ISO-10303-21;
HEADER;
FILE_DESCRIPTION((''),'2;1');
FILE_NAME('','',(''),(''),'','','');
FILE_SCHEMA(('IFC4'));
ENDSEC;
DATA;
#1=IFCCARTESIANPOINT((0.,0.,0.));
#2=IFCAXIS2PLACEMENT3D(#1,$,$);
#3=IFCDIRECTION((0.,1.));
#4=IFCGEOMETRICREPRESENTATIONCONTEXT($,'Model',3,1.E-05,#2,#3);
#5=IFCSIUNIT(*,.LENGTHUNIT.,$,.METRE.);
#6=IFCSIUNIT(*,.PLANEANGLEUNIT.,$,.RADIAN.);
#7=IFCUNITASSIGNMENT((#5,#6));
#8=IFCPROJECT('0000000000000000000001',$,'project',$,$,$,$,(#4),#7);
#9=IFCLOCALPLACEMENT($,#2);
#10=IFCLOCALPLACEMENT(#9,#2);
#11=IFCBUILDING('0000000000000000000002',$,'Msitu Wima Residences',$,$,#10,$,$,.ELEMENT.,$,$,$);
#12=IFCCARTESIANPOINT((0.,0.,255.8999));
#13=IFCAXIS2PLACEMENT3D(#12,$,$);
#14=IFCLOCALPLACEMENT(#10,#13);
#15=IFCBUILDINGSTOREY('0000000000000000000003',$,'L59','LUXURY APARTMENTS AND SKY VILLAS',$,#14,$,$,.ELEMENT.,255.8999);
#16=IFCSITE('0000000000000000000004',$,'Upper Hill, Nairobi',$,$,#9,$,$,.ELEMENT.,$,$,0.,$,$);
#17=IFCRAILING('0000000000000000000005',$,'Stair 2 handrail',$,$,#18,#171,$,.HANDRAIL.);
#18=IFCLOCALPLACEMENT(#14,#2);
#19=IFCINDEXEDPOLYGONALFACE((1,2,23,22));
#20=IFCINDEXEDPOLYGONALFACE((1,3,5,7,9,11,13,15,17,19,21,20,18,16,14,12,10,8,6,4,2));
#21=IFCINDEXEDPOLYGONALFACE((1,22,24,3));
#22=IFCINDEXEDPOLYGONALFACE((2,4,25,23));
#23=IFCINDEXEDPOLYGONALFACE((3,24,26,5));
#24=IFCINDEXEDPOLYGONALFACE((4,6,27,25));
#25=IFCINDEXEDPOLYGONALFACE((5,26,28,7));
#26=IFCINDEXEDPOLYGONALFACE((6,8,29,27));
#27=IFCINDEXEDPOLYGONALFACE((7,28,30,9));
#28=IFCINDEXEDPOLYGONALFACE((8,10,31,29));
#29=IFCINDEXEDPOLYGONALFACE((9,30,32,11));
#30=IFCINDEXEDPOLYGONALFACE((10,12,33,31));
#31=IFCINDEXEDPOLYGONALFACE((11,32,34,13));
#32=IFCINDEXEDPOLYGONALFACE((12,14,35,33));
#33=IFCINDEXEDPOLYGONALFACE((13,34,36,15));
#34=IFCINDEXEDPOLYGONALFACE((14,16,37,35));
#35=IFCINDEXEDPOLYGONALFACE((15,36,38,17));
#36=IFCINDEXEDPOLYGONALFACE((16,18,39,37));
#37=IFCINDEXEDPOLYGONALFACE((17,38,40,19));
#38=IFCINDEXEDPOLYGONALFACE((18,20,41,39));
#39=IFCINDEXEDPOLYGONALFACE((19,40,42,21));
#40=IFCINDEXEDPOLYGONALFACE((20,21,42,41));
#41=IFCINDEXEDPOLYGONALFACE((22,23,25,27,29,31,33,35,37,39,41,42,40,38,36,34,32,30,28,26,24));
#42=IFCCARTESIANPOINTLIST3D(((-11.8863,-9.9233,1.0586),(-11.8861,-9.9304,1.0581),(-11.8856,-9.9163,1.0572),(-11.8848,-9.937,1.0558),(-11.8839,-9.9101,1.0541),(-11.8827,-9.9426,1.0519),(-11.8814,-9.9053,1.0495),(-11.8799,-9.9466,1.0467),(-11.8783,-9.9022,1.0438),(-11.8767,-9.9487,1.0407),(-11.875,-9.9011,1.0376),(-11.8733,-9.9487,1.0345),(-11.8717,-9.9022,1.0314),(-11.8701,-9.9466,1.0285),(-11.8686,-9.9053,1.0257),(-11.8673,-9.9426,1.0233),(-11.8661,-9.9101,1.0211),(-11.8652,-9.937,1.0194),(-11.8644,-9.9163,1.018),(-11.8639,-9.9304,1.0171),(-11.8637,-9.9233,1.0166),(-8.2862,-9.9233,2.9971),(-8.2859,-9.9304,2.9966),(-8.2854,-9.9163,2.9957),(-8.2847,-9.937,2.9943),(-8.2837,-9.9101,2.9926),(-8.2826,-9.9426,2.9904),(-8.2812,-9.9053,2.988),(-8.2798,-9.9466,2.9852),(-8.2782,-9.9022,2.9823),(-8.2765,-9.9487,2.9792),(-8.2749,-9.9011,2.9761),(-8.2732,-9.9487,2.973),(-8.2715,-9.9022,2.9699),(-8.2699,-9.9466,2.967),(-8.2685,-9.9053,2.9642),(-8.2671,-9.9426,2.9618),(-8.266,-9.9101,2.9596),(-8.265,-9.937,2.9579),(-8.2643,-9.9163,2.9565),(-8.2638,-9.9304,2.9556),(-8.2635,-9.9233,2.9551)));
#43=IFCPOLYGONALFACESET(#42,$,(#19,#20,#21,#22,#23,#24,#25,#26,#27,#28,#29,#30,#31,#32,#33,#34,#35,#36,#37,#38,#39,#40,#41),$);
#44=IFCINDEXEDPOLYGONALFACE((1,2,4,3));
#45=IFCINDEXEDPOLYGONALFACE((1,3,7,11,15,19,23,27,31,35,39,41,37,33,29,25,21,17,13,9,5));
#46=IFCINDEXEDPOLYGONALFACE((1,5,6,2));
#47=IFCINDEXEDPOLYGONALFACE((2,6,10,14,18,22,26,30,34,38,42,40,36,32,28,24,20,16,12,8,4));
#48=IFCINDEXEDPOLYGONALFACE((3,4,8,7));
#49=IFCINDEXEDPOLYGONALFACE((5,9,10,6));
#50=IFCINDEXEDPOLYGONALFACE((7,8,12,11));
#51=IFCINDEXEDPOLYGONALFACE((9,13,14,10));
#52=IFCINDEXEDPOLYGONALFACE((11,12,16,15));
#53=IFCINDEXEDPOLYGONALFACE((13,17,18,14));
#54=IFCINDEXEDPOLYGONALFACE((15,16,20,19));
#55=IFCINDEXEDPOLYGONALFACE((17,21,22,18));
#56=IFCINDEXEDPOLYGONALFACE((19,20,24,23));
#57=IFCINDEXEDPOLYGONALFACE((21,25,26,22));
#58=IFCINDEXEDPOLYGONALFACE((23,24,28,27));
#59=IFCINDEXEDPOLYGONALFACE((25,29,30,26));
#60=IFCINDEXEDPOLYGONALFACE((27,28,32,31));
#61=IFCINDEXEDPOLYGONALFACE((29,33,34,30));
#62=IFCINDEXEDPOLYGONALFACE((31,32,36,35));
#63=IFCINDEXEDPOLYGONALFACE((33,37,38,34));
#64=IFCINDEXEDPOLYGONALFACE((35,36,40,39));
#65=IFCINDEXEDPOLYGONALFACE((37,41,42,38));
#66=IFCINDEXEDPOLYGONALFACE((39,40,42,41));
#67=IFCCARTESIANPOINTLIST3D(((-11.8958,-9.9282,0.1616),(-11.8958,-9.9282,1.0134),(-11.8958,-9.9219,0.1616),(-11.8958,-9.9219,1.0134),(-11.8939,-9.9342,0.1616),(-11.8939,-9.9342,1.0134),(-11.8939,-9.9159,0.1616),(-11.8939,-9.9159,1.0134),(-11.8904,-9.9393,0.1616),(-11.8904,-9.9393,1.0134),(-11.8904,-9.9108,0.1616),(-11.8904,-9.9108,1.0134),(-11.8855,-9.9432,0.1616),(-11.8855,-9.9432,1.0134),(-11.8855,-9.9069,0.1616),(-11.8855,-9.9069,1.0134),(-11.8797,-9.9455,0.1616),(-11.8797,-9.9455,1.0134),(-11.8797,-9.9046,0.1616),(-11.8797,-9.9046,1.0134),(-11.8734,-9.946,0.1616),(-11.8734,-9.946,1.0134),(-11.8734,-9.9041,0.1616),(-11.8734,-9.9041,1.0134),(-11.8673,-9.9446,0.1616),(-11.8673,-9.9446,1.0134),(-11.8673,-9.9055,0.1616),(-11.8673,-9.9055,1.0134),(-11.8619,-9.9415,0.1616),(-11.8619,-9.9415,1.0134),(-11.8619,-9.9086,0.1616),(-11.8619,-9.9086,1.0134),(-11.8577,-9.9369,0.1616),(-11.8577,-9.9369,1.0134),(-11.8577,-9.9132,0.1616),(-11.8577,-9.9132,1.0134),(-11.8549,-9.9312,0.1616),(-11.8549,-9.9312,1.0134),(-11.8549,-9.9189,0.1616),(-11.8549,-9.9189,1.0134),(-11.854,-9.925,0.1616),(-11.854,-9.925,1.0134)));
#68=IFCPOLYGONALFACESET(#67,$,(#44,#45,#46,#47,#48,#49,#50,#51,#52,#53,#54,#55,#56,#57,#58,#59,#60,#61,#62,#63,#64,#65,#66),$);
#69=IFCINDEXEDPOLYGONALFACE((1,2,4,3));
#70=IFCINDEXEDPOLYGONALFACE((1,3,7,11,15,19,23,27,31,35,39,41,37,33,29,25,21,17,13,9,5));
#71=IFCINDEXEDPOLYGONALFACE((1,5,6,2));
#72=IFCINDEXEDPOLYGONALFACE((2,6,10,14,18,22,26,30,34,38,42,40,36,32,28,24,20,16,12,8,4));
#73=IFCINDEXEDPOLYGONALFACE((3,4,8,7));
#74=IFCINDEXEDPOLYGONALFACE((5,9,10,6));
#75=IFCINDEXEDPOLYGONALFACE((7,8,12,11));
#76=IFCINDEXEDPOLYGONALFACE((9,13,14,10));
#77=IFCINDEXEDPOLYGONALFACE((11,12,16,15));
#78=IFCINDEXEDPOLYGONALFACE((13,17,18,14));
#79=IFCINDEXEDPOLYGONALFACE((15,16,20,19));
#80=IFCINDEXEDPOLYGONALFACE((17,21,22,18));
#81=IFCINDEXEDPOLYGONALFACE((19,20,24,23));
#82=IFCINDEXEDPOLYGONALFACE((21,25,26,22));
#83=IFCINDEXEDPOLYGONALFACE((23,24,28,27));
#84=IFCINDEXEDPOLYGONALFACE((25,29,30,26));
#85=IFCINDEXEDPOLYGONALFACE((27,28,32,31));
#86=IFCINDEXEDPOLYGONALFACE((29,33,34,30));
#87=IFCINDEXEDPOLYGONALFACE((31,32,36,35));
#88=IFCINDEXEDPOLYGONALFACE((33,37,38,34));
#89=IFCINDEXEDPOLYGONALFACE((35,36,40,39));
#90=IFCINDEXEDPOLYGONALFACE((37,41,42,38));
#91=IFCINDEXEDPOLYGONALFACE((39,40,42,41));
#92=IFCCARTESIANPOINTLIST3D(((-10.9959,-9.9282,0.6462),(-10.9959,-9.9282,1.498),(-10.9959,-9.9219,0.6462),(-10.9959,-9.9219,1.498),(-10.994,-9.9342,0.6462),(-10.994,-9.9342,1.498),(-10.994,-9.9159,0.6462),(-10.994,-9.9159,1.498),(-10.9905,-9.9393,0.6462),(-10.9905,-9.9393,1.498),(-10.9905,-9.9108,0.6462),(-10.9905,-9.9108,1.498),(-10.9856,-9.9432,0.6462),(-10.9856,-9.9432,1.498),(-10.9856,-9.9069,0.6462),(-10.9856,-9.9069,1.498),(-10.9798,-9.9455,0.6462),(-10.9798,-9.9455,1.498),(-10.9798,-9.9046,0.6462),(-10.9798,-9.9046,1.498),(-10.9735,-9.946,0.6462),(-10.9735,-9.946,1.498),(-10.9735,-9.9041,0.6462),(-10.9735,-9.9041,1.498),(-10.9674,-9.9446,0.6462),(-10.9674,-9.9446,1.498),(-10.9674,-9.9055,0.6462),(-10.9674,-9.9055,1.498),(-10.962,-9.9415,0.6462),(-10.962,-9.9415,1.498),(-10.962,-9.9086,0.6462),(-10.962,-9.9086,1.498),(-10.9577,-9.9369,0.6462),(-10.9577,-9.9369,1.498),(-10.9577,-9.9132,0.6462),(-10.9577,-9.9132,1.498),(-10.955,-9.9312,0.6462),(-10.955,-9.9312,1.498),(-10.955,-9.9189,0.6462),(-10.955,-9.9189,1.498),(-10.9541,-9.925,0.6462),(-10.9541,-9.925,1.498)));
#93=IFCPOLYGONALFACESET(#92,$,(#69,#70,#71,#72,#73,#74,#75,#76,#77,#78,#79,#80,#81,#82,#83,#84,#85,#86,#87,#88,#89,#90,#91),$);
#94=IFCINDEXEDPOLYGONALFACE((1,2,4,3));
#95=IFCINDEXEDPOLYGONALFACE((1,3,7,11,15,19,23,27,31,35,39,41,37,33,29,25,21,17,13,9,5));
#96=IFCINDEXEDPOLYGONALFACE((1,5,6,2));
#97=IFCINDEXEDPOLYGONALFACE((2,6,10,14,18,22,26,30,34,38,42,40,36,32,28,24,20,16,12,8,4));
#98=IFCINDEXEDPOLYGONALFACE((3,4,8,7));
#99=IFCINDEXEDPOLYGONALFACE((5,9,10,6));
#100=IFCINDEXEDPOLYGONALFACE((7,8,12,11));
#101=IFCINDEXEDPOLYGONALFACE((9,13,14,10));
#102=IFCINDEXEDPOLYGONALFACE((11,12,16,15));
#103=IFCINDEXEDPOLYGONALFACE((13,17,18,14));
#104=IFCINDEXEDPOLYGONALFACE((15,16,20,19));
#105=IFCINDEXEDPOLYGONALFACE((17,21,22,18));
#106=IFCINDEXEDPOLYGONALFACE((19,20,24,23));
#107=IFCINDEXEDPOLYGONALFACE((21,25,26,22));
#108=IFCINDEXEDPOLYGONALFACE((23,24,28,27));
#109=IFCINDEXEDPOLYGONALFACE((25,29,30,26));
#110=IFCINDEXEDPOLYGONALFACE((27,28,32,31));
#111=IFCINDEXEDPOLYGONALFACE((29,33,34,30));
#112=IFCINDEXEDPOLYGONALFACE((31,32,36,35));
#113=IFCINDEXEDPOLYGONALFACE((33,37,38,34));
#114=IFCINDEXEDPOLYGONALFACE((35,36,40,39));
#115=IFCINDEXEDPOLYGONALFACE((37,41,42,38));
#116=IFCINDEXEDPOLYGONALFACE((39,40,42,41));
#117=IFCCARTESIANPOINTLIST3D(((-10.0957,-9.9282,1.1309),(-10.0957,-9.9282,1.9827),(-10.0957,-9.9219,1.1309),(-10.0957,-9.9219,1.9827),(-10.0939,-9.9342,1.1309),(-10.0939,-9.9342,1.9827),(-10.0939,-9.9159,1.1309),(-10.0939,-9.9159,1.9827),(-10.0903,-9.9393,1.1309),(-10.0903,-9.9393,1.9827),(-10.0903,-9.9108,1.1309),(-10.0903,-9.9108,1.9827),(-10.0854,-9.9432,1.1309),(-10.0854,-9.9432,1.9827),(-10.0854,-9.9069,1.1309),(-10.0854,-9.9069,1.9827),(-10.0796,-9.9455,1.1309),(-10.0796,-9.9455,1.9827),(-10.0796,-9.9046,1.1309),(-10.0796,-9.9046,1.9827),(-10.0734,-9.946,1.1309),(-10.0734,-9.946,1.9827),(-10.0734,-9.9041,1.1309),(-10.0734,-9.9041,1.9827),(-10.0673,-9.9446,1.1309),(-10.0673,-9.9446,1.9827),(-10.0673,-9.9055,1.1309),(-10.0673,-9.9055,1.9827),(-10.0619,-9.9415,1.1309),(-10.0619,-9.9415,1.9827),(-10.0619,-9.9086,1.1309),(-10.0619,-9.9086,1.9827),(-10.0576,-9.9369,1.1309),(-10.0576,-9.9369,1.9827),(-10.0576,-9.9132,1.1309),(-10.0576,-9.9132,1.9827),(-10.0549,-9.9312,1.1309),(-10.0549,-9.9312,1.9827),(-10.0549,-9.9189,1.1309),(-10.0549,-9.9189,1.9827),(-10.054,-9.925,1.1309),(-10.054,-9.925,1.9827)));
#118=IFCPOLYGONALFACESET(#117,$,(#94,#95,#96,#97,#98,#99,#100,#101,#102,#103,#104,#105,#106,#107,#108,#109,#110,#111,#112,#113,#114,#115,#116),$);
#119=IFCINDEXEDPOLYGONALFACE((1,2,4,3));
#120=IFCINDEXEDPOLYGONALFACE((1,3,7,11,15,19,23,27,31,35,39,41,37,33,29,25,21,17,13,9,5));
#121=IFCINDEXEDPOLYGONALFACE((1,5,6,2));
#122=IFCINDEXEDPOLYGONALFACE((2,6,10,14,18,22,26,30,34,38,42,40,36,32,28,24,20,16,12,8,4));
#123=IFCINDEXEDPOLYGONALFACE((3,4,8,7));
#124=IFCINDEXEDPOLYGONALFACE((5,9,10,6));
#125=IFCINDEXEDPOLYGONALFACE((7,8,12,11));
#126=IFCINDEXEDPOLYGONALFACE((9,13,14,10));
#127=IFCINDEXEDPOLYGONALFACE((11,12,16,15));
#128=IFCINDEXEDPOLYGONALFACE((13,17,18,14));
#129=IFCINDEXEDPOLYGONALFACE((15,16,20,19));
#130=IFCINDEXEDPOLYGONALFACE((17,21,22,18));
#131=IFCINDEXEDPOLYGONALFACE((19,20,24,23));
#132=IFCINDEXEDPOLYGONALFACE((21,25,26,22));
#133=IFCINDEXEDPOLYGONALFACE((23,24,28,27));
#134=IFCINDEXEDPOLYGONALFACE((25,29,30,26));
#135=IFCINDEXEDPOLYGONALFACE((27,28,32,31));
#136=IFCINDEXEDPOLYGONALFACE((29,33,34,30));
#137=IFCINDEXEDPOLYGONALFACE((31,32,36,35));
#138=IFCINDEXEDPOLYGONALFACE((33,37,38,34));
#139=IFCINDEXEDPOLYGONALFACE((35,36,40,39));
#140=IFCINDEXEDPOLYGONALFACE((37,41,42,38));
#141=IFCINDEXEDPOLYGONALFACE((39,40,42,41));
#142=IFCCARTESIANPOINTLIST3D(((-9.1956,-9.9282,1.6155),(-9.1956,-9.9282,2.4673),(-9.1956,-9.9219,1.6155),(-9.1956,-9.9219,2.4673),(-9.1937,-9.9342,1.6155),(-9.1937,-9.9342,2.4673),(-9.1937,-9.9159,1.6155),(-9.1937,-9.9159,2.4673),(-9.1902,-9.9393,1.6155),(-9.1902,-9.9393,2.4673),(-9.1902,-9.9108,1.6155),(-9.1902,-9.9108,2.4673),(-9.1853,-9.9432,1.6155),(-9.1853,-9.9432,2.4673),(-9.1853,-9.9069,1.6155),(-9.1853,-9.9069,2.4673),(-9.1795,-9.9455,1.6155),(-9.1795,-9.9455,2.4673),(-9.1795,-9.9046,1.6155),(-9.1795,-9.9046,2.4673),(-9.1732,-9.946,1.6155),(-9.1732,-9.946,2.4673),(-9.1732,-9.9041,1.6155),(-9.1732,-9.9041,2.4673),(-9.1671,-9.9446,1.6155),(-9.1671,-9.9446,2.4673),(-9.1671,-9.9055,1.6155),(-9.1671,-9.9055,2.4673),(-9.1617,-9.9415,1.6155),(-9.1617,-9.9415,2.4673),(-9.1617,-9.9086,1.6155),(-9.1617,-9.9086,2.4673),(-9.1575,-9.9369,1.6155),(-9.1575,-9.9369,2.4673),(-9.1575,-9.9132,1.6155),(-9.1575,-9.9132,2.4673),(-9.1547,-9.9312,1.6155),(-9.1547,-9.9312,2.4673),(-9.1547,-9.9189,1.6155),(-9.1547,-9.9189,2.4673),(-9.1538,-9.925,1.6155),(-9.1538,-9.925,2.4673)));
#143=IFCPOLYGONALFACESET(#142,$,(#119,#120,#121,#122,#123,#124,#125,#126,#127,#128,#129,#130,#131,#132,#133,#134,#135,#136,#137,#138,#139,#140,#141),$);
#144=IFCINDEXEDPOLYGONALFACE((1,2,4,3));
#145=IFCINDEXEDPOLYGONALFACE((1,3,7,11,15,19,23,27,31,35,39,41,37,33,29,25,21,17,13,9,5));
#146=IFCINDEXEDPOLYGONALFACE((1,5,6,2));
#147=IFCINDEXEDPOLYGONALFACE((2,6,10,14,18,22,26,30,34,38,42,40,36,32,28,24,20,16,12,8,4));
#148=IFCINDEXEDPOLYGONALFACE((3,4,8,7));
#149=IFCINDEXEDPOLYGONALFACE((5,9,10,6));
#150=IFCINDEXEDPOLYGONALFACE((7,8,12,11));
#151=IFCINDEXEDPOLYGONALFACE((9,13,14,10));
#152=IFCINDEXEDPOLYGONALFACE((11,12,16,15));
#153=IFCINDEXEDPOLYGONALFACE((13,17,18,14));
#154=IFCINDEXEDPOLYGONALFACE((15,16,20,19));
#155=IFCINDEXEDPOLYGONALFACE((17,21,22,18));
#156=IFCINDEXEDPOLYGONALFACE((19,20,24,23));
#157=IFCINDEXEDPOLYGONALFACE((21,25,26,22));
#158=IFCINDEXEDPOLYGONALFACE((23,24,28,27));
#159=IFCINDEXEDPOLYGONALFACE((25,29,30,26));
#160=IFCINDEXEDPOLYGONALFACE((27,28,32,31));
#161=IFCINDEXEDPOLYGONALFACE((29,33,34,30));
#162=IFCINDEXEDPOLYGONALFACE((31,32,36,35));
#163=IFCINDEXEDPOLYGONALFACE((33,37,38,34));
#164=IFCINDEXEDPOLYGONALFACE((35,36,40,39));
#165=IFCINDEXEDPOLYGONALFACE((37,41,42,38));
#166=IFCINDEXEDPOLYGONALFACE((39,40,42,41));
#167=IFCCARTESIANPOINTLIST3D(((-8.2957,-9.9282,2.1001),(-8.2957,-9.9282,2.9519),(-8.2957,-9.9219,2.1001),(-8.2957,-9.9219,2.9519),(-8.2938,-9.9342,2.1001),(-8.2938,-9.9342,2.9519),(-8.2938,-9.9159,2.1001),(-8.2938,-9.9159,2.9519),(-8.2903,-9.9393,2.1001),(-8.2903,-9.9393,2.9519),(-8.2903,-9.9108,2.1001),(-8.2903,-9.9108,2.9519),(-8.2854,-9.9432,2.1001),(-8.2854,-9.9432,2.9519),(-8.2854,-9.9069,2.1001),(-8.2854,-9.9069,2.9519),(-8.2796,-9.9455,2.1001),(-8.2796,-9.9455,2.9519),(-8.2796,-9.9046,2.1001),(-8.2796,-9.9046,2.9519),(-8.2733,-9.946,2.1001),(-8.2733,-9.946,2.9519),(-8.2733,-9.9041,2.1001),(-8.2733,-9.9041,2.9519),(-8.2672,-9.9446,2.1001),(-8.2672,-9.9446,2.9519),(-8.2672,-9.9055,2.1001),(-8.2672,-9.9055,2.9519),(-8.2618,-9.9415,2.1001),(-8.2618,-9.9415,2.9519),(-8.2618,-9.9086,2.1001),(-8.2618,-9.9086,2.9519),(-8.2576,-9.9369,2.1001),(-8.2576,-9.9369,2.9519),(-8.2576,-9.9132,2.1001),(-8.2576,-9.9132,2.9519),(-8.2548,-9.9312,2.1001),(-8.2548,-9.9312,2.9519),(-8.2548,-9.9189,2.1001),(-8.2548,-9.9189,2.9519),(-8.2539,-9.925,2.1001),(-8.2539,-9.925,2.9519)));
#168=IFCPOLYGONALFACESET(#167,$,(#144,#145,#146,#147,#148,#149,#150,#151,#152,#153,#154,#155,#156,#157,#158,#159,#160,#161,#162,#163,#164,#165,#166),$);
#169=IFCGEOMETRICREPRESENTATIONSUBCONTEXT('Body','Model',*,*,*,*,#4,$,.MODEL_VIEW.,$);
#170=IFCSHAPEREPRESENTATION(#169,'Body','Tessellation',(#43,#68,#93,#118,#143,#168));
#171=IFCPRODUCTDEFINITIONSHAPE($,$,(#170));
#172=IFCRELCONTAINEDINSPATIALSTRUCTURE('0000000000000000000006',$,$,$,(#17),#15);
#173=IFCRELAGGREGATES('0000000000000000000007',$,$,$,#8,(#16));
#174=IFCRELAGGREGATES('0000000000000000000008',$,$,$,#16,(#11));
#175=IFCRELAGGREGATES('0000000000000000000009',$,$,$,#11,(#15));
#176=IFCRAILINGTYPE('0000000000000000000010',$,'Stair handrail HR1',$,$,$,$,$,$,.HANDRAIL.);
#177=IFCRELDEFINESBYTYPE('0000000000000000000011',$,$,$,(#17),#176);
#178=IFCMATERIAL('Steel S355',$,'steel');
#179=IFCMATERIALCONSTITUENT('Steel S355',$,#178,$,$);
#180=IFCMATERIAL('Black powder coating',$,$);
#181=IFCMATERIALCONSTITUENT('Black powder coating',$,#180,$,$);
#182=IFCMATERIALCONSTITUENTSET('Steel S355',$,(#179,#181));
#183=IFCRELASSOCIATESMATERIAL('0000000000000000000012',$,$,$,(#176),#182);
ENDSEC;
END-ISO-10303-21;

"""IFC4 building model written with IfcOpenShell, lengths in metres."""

from ifc_helpers import new_model, si_unit, direction, frame, origin, origin_2d, place, context, subcontext, project, spatial, circle, extrude, material, constituent, constituent_set, type_object, element, save


model = new_model("IFC4")

# Units and contexts
model_context = context("Model", 3, precision=1e-05, world=origin(), true_north=direction((0.0, 1.0)))
body_context = subcontext(model_context, "Body", "Model", "MODEL_VIEW")
ifc_project = project(units=[si_unit("LENGTHUNIT", "METRE"), si_unit("PLANEANGLEUNIT", "RADIAN")], contexts=[model_context])

# Site, building, storey
site_placement = place(None, origin())
site = spatial("IfcSite", under=ifc_project, at=site_placement, Name="Upper Hill, Nairobi", CompositionType="ELEMENT", RefElevation=0.0)
building_placement = place(site_placement, origin())
building = spatial("IfcBuilding", under=site, at=building_placement, Name="Msitu Wima Residences", CompositionType="ELEMENT")
storey_placement = place(building_placement, frame((0.0, 0.0, 255.8999)))
storey = spatial("IfcBuildingStorey", under=building, at=storey_placement, Name="L59", Description="LUXURY APARTMENTS AND SKY VILLAS", CompositionType="ELEMENT", Elevation=255.8999)

# Railing
ifc_material_1 = material(Name="Steel S355", Category="steel")
ifc_constituent_1 = constituent(ifc_material_1, Name="Steel S355")
ifc_material_2 = material(Name="Black powder coating")
ifc_constituent_2 = constituent(ifc_material_2, Name="Black powder coating")
ifc_constituent_set = constituent_set(constituents=[ifc_constituent_1, ifc_constituent_2], Name="Steel S355")
railing_type = type_object("IfcRailingType", Name="Stair handrail HR1", PredefinedType="HANDRAIL", material=ifc_constituent_set)
for number, where, name in (
    (1, (-11.875, -9.925, 0.1616), "Stair 2 handrail"),
):
    element("IfcRailing", number, at=place(storey_placement, frame(where)), inside=storey, type_object=railing_type, Name=name, PredefinedType="HANDRAIL", context=body_context, shape_type="SweptSolid", body=[
        extrude(circle(Radius=0.0239, at=origin_2d()), frame((0.0, 0.0, 0.876), z_axis=(0.880475, 0.0, 0.474093), x_axis=(0.0, 1.0, 0.0)), (0.0, 0.0, 1.0), 4.0889),
        extrude(circle(Radius=0.021, at=origin_2d()), origin(), (0.0, 0.0, 1.0), 0.8518),
        extrude(circle(Radius=0.021, at=origin_2d()), frame((0.8999, 0.0, 0.4846)), (0.0, 0.0, 1.0), 0.8518),
        extrude(circle(Radius=0.021, at=origin_2d()), frame((1.8, 0.0, 0.9692)), (0.0, 0.0, 1.0), 0.8518),
        extrude(circle(Radius=0.021, at=origin_2d()), frame((2.7002, 0.0, 1.4539)), (0.0, 0.0, 1.0), 0.8518),
        extrude(circle(Radius=0.021, at=origin_2d()), frame((3.6001, 0.0, 1.9385)), (0.0, 0.0, 1.0), 0.8518),
    ])

save(model, "model.ifc")
